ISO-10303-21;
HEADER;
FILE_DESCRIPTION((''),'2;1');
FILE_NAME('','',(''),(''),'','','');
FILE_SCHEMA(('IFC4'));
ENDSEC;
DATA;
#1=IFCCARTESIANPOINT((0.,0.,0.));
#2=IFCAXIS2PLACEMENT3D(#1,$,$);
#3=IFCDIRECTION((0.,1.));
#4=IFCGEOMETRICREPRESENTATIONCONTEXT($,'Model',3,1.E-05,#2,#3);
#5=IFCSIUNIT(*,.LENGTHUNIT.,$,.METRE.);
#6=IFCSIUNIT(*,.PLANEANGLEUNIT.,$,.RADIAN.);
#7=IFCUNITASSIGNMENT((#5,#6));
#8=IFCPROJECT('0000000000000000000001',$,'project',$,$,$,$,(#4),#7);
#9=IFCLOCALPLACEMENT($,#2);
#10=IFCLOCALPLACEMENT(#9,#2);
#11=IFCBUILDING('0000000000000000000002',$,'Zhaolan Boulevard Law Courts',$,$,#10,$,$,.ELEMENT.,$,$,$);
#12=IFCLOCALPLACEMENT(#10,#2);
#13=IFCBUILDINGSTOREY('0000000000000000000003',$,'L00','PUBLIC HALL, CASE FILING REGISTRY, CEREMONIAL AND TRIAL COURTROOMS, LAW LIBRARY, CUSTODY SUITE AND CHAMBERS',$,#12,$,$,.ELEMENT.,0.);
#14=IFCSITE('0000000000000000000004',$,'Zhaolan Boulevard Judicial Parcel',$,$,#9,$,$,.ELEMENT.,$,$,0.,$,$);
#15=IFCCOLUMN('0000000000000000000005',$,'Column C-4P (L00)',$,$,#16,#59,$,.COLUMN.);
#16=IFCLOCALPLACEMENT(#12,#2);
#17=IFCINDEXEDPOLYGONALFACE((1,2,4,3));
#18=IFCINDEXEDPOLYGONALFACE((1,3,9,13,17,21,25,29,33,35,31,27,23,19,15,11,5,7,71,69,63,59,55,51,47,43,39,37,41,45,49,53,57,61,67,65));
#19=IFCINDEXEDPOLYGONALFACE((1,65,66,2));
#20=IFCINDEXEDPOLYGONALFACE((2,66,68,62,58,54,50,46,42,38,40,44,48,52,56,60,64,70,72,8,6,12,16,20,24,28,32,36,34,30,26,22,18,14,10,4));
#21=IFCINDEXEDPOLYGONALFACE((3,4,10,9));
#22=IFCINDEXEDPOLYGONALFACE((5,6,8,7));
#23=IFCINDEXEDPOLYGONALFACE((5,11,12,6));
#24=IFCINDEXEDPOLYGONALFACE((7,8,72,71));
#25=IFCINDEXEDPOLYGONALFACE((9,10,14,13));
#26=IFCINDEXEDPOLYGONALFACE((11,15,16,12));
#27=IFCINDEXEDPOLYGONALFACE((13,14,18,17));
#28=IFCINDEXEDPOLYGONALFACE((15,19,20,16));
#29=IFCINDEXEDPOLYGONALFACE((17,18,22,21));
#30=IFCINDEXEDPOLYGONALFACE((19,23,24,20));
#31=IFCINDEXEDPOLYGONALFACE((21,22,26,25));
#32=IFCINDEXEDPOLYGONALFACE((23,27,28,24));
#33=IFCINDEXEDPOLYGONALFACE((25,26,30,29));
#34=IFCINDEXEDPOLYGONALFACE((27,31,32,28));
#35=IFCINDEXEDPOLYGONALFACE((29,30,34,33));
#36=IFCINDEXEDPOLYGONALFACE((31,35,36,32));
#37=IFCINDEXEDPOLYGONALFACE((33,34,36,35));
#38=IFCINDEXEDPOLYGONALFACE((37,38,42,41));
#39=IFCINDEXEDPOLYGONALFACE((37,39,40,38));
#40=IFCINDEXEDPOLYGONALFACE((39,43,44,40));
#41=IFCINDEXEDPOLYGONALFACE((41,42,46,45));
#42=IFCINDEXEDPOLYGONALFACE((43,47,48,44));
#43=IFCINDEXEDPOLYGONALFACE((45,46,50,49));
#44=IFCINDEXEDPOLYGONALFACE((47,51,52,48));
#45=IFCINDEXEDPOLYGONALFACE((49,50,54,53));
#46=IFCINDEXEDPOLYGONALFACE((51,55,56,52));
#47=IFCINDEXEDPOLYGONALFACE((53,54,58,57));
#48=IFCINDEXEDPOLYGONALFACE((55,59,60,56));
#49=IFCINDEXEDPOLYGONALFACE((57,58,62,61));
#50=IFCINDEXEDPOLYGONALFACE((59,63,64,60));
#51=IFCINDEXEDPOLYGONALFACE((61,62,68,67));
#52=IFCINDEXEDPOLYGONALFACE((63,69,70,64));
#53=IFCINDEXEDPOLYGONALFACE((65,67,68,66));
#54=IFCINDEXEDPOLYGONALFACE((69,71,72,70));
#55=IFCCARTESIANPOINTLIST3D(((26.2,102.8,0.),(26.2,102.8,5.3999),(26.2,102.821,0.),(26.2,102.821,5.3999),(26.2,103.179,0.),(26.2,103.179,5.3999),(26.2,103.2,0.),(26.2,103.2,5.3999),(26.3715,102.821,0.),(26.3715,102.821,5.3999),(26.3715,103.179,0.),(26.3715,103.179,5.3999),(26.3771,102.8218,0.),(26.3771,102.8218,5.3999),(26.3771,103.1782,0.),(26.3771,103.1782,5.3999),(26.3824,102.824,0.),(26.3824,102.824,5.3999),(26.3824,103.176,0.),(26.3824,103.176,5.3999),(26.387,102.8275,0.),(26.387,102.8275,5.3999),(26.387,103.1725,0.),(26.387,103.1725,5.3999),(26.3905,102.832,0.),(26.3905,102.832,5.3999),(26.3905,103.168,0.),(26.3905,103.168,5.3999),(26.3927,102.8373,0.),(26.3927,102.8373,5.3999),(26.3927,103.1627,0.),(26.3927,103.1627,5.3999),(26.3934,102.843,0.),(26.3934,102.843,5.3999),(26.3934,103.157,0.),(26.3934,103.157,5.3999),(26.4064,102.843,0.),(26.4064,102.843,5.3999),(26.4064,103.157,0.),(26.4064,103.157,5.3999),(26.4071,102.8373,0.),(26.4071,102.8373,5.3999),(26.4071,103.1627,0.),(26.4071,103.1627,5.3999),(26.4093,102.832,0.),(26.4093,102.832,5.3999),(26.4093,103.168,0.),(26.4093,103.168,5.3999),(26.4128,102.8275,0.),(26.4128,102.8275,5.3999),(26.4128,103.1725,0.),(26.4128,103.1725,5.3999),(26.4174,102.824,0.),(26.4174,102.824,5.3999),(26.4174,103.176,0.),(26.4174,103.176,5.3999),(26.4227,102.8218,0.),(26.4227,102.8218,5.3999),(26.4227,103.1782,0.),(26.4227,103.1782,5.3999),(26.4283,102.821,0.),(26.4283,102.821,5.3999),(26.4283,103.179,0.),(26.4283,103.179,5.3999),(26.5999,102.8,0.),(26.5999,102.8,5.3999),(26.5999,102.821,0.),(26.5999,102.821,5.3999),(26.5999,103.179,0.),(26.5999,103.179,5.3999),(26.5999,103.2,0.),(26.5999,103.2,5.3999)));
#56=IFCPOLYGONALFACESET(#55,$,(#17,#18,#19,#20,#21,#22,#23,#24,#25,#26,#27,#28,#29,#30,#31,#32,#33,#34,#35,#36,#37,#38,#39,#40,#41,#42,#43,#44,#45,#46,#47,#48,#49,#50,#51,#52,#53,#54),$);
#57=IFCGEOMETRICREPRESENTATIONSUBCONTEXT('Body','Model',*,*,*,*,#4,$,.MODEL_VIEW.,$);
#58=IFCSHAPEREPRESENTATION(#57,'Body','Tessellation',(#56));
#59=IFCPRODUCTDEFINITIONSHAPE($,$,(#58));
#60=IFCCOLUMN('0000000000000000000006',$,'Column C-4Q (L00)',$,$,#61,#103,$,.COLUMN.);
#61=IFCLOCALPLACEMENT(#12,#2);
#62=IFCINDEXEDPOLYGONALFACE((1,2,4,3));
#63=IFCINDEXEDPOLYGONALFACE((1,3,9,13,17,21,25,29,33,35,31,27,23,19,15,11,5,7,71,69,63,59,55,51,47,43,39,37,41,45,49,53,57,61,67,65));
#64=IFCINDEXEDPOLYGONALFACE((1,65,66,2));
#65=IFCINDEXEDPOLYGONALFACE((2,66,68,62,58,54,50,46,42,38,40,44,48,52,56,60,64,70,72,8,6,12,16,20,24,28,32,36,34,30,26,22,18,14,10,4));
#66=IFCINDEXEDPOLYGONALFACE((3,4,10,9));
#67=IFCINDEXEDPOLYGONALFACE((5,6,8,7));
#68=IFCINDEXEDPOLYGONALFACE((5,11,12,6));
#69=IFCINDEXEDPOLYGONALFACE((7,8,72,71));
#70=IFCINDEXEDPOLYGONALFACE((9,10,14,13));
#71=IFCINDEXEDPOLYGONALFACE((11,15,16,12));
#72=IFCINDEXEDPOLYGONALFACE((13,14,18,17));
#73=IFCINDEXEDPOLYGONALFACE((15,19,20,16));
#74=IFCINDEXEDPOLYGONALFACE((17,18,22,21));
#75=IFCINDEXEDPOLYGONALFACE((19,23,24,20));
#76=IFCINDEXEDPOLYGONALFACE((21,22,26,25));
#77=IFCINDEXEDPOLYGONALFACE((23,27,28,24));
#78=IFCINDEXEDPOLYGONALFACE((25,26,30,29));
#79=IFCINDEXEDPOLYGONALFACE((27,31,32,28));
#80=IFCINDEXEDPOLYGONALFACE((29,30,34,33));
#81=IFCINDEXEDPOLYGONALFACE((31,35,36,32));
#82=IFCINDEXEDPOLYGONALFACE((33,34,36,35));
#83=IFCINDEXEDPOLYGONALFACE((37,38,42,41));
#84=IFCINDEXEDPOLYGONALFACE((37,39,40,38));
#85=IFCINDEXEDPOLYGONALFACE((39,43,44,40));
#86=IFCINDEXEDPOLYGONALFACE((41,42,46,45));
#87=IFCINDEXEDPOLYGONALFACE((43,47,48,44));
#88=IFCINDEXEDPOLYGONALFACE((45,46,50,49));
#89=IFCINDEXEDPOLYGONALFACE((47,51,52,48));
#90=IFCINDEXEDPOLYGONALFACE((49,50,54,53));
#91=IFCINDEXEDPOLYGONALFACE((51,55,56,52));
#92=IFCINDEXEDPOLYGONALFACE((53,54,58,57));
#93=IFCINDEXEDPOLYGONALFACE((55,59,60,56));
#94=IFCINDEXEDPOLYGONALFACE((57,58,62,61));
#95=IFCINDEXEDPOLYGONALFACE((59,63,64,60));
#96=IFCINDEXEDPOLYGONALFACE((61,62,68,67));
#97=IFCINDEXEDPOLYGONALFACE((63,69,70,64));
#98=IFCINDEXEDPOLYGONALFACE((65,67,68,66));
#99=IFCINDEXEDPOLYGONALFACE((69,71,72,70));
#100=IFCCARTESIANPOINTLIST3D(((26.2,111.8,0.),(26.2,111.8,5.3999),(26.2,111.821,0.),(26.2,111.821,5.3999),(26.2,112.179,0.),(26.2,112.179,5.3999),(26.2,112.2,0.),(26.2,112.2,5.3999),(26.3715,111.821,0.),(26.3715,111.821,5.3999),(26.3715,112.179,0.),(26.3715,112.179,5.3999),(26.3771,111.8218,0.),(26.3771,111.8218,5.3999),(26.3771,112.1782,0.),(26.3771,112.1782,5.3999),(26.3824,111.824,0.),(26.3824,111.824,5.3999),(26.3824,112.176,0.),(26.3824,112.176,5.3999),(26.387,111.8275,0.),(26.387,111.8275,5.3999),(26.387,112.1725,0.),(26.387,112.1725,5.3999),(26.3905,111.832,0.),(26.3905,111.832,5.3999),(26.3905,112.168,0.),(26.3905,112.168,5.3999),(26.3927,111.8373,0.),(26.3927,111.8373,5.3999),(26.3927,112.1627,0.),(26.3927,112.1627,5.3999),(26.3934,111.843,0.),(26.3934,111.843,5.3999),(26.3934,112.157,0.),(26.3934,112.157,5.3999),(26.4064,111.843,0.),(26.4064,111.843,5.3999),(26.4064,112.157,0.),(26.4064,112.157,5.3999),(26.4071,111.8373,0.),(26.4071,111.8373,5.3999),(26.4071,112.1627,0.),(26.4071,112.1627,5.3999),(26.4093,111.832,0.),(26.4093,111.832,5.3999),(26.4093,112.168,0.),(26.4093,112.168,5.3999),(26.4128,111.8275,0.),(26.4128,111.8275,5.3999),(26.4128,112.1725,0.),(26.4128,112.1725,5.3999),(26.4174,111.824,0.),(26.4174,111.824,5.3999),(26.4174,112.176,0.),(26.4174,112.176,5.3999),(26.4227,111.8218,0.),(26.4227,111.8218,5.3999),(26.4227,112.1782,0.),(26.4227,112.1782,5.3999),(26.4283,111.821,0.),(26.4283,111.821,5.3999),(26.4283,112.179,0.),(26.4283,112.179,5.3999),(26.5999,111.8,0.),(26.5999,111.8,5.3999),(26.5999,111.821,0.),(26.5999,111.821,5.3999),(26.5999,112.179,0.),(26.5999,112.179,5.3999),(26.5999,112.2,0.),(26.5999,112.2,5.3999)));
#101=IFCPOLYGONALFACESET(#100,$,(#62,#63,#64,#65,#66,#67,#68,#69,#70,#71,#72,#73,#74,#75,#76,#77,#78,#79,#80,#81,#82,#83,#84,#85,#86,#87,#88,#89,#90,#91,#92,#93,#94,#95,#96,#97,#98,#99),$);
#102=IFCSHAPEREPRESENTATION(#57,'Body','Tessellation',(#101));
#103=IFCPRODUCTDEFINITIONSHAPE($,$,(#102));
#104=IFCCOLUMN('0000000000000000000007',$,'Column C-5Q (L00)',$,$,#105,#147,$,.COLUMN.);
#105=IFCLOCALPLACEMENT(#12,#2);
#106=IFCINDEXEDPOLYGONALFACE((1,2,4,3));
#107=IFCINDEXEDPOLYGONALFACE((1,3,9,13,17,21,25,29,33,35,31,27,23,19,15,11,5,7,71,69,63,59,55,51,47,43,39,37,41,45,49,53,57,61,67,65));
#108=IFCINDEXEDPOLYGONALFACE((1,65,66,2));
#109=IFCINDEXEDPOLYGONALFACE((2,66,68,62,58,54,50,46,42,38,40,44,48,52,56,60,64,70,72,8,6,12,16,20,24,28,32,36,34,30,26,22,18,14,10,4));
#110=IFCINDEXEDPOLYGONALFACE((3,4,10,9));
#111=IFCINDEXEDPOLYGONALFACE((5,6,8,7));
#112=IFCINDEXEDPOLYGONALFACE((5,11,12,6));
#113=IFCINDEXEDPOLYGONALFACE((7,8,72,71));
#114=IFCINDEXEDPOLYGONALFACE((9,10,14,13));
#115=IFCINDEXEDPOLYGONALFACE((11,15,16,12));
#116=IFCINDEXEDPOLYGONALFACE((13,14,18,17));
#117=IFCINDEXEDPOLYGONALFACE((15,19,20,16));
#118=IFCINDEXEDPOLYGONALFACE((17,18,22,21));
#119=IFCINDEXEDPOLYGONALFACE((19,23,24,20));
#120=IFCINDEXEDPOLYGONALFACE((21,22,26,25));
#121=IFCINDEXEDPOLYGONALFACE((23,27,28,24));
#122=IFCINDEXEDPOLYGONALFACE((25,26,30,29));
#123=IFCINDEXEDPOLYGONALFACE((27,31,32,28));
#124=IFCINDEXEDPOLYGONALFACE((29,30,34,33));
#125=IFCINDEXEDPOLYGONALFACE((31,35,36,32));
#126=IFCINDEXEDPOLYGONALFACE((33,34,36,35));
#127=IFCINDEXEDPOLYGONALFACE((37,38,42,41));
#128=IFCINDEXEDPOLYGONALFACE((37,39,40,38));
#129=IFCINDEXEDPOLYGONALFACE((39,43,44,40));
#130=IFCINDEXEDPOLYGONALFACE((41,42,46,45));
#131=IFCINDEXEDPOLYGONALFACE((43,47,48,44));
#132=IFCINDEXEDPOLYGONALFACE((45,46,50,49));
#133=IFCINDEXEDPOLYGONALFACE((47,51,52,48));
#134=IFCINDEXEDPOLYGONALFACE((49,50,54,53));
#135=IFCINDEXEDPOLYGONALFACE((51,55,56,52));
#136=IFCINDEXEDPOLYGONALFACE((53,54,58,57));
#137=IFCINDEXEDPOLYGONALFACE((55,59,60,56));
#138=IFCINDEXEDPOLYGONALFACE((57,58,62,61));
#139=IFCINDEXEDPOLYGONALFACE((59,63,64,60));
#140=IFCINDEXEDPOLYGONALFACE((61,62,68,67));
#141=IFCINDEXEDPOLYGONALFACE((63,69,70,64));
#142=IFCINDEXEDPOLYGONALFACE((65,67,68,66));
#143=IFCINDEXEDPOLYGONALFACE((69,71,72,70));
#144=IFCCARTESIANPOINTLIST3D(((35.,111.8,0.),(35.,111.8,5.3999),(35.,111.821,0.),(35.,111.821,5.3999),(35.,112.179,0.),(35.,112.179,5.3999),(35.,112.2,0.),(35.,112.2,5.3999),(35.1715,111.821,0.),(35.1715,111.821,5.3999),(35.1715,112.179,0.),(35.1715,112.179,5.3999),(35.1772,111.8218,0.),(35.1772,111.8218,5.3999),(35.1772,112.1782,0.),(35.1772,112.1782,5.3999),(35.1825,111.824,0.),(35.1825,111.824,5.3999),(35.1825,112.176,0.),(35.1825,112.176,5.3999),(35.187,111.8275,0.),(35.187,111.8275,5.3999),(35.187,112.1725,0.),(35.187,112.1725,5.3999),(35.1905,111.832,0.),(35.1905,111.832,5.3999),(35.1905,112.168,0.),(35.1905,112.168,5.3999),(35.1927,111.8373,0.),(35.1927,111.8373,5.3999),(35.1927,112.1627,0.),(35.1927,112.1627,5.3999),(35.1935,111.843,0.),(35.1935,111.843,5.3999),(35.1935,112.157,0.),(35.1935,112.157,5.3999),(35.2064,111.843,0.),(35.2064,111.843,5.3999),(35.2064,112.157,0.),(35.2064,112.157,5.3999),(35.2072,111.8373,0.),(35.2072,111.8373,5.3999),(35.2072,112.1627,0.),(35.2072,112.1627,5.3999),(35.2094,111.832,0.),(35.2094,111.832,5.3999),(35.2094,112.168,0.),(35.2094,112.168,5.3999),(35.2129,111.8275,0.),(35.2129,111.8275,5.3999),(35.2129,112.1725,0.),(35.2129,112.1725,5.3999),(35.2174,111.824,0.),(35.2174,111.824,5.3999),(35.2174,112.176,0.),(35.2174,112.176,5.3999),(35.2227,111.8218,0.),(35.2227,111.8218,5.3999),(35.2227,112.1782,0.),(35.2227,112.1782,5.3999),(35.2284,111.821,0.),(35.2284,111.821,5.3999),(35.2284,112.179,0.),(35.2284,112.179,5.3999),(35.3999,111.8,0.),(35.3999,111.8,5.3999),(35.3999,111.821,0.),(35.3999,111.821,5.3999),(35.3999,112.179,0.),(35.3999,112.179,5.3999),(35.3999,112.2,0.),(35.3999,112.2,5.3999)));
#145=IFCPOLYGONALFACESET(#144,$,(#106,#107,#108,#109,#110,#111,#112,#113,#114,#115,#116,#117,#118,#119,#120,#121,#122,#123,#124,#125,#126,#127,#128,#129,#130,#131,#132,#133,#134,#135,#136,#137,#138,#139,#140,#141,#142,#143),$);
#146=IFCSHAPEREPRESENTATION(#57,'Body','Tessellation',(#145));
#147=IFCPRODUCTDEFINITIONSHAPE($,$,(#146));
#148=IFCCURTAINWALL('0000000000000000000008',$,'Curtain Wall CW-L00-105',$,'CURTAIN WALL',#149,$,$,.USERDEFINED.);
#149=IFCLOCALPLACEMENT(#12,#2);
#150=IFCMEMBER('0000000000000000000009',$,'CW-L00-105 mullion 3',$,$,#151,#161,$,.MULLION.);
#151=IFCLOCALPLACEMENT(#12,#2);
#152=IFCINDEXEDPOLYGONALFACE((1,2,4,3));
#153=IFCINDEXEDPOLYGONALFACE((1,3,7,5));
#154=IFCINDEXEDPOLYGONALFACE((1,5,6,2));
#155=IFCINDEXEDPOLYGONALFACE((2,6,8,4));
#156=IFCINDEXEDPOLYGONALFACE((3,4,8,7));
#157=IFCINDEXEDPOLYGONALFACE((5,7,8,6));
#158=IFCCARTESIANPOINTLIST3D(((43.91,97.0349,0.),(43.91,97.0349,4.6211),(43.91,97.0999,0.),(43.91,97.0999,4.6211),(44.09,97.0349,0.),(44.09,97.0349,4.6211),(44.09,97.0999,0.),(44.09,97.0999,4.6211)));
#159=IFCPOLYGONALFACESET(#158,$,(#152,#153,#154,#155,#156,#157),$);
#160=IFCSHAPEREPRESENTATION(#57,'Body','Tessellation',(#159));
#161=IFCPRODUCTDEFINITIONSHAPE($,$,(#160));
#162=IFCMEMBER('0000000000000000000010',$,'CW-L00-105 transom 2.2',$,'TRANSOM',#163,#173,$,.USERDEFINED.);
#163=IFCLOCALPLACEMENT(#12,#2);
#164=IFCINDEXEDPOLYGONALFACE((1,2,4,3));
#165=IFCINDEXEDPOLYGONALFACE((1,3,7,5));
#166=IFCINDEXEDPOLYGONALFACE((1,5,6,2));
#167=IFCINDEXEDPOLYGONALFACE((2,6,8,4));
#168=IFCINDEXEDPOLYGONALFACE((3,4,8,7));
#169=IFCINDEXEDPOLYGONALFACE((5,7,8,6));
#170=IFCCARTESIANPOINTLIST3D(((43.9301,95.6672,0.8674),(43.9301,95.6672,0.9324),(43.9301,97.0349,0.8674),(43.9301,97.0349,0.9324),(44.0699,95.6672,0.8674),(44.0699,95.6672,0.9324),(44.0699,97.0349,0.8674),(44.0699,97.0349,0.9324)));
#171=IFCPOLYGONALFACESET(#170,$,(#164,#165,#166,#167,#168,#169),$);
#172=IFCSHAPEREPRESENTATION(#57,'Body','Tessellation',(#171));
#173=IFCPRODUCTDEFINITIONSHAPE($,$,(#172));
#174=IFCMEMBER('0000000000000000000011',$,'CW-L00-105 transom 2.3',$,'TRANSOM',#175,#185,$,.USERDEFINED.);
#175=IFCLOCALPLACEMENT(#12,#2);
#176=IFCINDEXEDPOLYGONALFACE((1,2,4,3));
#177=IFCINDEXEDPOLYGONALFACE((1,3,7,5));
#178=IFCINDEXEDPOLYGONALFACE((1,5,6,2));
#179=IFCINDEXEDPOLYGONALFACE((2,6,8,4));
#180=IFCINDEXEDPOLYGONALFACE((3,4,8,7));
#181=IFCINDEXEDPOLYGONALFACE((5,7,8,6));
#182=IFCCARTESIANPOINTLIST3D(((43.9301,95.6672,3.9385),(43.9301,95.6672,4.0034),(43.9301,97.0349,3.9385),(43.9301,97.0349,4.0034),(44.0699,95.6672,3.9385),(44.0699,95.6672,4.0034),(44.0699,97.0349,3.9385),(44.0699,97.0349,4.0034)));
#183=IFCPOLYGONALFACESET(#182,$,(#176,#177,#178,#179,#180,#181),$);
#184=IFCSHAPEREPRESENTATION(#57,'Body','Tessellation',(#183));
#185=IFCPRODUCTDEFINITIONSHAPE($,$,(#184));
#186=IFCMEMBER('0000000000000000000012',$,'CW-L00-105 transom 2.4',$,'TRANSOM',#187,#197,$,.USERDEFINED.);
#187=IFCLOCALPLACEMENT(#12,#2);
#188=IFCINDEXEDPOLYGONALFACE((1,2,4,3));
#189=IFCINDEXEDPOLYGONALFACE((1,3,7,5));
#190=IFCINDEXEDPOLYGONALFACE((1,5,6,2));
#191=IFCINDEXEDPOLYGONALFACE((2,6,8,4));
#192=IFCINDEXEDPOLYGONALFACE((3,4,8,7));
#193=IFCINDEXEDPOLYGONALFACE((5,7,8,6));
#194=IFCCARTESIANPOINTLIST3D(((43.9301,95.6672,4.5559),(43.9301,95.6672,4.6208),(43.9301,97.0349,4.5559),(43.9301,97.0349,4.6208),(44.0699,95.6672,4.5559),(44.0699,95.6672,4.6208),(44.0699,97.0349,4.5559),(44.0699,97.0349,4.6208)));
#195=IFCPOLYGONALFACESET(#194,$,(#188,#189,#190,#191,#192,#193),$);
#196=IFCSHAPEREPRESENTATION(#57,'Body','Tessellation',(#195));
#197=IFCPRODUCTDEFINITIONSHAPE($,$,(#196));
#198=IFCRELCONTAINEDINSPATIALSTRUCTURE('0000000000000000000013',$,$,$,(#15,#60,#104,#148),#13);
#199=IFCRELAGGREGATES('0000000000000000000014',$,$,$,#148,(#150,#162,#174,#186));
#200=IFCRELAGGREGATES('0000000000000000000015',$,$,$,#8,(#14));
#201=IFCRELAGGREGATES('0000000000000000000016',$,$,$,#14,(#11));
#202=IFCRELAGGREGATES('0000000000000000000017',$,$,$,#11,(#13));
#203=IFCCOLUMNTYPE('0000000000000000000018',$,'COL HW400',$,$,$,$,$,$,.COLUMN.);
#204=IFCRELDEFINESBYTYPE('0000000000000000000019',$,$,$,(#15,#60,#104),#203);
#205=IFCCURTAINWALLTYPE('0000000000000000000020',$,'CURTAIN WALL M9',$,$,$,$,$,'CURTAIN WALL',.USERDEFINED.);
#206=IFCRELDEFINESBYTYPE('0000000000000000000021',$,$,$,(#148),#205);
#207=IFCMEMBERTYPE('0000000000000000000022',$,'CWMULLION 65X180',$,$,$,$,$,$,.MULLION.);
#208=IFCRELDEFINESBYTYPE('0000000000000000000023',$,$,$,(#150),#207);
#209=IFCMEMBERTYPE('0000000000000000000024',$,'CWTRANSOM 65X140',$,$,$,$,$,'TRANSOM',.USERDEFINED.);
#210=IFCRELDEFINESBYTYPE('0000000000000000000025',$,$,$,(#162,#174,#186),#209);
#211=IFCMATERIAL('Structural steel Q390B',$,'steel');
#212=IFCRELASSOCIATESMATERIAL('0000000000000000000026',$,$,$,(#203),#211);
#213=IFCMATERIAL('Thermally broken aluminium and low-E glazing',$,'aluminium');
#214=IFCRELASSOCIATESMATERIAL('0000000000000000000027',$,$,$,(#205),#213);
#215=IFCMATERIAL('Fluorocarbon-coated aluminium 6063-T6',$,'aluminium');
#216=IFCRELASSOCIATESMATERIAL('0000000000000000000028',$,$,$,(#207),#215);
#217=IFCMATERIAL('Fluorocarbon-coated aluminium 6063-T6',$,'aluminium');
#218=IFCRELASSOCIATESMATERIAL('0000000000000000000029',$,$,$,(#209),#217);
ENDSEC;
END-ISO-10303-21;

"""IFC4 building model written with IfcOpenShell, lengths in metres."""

from ifc_helpers import new_model, si_unit, direction, frame, origin, origin_2d, place, context, subcontext, project, spatial, rectangle, i_section, extrude, material, material_profile, profile_set, type_object, element, aggregate, save


model = new_model("IFC4")

# Units and contexts
model_context = context("Model", 3, precision=1e-05, world=origin(), true_north=direction((0.0, 1.0)))
body_context = subcontext(model_context, "Body", "Model", "MODEL_VIEW")
ifc_project = project(units=[si_unit("LENGTHUNIT", "METRE"), si_unit("PLANEANGLEUNIT", "RADIAN")], contexts=[model_context])

# Site, building, storey
site_placement = place(None, origin())
site = spatial("IfcSite", under=ifc_project, at=site_placement, Name="Zhaolan Boulevard Judicial Parcel", CompositionType="ELEMENT", RefElevation=0.0)
building_placement = place(site_placement, origin())
building = spatial("IfcBuilding", under=site, at=building_placement, Name="Zhaolan Boulevard Law Courts", CompositionType="ELEMENT")
storey_placement = place(building_placement, origin())
storey = spatial("IfcBuildingStorey", under=building, at=storey_placement, Name="L00", Description="PUBLIC HALL, CASE FILING REGISTRY, CEREMONIAL AND TRIAL COURTROOMS, LAW LIBRARY, CUSTODY SUITE AND CHAMBERS", CompositionType="ELEMENT", Elevation=0.0)

# Columns
ifc_material_1 = material(Name="Structural steel Q390B", Category="steel")
ifc_material_profile_1 = material_profile(ifc_material_1, i_section(OverallWidth=0.3999, OverallDepth=0.3999, WebThickness=0.0129, FlangeThickness=0.021, FilletRadius=0.022, at=origin_2d()), Name="HW400x400")
ifc_profile_set_1 = profile_set([ifc_material_profile_1], Name="Structural steel Q390B")
column_type = type_object("IfcColumnType", Name="COL HW400", PredefinedType="COLUMN", material=ifc_profile_set_1)
for number, where, z_axis, x_axis, name in (
    (1, (26.3999, 103.0, 0.0), (0.0, 0.0, 1.0), (1.0, 0.0, 0.0), "Column C-4P (L00)"),
    (2, (26.3999, 112.0, 0.0), (0.0, 0.0, 1.0), (1.0, 0.0, 0.0), "Column C-4Q (L00)"),
    (3, (35.2, 112.0, 0.0), (0.0, 0.0, 1.0), (1.0, 0.0, 0.0), "Column C-5Q (L00)"),
):
    element("IfcColumn", number, at=place(storey_placement, frame(where, z_axis=z_axis, x_axis=x_axis)), inside=storey, type_object=column_type, Name=name, PredefinedType="COLUMN", context=body_context, shape_type="SweptSolid", body=[
        extrude(i_section(OverallWidth=0.3999, OverallDepth=0.3999, WebThickness=0.0129, FlangeThickness=0.021, FilletRadius=0.022, at=origin_2d()), origin(), (0.0, 0.0, 1.0), 5.3999),
    ])

# Curtain wall, members
ifc_material_2 = material(Name="Thermally broken aluminium and low-E glazing", Category="aluminium")
curtain_wall_type = type_object("IfcCurtainWallType", Name="CURTAIN WALL M9", ElementType="CURTAIN WALL", PredefinedType="USERDEFINED", material=ifc_material_2)
curtain_wall_placement = place(storey_placement, origin())
curtain_wall = element("IfcCurtainWall", 4, at=curtain_wall_placement, inside=storey, type_object=curtain_wall_type, Name="Curtain Wall CW-L00-105", ObjectType="CURTAIN WALL", PredefinedType="USERDEFINED")
ifc_material_3 = material(Name="Fluorocarbon-coated aluminium 6063-T6", Category="aluminium")
ifc_material_profile_2 = material_profile(ifc_material_3, rectangle(XDim=0.1799, YDim=0.0649, at=origin_2d()), Name="AL65x180")
ifc_profile_set_2 = profile_set([ifc_material_profile_2], Name="Fluorocarbon-coated aluminium 6063-T6")
member_type_1 = type_object("IfcMemberType", Name="CWMULLION 65X180", PredefinedType="MULLION", material=ifc_profile_set_2)
member_1_placement = place(storey_placement, frame((44.0, 97.0674, 0.0), z_axis=(0.0, 0.0, 1.0), x_axis=(-1.0, 0.0, 0.0)))
member_1 = element("IfcMember", 5, at=member_1_placement, type_object=member_type_1, Name="CW-L00-105 mullion 3", PredefinedType="MULLION", context=body_context, shape_type="SweptSolid", body=[
    extrude(rectangle(XDim=0.1799, YDim=0.0649, at=origin_2d()), origin(), (0.0, 0.0, 1.0), 4.6211),
])
ifc_material_4 = material(Name="Fluorocarbon-coated aluminium 6063-T6", Category="aluminium")
ifc_material_profile_3 = material_profile(ifc_material_4, rectangle(XDim=0.1399, YDim=0.0649, at=origin_2d()), Name="AL65x140")
ifc_profile_set_3 = profile_set([ifc_material_profile_3], Name="Fluorocarbon-coated aluminium 6063-T6")
member_type_2 = type_object("IfcMemberType", Name="CWTRANSOM 65X140", ElementType="TRANSOM", PredefinedType="USERDEFINED", material=ifc_profile_set_3)
member_2_placement = place(storey_placement, frame((44.0, 95.6672, 0.8999), z_axis=(0.0, 1.0, 0.0), x_axis=(-1.0, 0.0, 0.0)))
member_2 = element("IfcMember", 6, at=member_2_placement, type_object=member_type_2, Name="CW-L00-105 transom 2.2", ObjectType="TRANSOM", PredefinedType="USERDEFINED", context=body_context, shape_type="SweptSolid", body=[
    extrude(rectangle(XDim=0.1399, YDim=0.0649, at=origin_2d()), origin(), (0.0, 0.0, 1.0), 1.3677),
])
member_3_placement = place(storey_placement, frame((44.0, 95.6672, 3.9709), z_axis=(0.0, 1.0, 0.0), x_axis=(-1.0, 0.0, 0.0)))
member_3 = element("IfcMember", 7, at=member_3_placement, type_object=member_type_2, Name="CW-L00-105 transom 2.3", ObjectType="TRANSOM", PredefinedType="USERDEFINED", context=body_context, shape_type="SweptSolid", body=[
    extrude(rectangle(XDim=0.1399, YDim=0.0649, at=origin_2d()), origin(), (0.0, 0.0, 1.0), 1.3677),
])
member_4_placement = place(storey_placement, frame((44.0, 95.6672, 4.5884), z_axis=(0.0, 1.0, 0.0), x_axis=(-1.0, 0.0, 0.0)))
member_4 = element("IfcMember", 8, at=member_4_placement, type_object=member_type_2, Name="CW-L00-105 transom 2.4", ObjectType="TRANSOM", PredefinedType="USERDEFINED", context=body_context, shape_type="SweptSolid", body=[
    extrude(rectangle(XDim=0.1399, YDim=0.0649, at=origin_2d()), origin(), (0.0, 0.0, 1.0), 1.3677),
])

aggregate(curtain_wall, [member_1, member_2, member_3, member_4])

save(model, "model.ifc")
